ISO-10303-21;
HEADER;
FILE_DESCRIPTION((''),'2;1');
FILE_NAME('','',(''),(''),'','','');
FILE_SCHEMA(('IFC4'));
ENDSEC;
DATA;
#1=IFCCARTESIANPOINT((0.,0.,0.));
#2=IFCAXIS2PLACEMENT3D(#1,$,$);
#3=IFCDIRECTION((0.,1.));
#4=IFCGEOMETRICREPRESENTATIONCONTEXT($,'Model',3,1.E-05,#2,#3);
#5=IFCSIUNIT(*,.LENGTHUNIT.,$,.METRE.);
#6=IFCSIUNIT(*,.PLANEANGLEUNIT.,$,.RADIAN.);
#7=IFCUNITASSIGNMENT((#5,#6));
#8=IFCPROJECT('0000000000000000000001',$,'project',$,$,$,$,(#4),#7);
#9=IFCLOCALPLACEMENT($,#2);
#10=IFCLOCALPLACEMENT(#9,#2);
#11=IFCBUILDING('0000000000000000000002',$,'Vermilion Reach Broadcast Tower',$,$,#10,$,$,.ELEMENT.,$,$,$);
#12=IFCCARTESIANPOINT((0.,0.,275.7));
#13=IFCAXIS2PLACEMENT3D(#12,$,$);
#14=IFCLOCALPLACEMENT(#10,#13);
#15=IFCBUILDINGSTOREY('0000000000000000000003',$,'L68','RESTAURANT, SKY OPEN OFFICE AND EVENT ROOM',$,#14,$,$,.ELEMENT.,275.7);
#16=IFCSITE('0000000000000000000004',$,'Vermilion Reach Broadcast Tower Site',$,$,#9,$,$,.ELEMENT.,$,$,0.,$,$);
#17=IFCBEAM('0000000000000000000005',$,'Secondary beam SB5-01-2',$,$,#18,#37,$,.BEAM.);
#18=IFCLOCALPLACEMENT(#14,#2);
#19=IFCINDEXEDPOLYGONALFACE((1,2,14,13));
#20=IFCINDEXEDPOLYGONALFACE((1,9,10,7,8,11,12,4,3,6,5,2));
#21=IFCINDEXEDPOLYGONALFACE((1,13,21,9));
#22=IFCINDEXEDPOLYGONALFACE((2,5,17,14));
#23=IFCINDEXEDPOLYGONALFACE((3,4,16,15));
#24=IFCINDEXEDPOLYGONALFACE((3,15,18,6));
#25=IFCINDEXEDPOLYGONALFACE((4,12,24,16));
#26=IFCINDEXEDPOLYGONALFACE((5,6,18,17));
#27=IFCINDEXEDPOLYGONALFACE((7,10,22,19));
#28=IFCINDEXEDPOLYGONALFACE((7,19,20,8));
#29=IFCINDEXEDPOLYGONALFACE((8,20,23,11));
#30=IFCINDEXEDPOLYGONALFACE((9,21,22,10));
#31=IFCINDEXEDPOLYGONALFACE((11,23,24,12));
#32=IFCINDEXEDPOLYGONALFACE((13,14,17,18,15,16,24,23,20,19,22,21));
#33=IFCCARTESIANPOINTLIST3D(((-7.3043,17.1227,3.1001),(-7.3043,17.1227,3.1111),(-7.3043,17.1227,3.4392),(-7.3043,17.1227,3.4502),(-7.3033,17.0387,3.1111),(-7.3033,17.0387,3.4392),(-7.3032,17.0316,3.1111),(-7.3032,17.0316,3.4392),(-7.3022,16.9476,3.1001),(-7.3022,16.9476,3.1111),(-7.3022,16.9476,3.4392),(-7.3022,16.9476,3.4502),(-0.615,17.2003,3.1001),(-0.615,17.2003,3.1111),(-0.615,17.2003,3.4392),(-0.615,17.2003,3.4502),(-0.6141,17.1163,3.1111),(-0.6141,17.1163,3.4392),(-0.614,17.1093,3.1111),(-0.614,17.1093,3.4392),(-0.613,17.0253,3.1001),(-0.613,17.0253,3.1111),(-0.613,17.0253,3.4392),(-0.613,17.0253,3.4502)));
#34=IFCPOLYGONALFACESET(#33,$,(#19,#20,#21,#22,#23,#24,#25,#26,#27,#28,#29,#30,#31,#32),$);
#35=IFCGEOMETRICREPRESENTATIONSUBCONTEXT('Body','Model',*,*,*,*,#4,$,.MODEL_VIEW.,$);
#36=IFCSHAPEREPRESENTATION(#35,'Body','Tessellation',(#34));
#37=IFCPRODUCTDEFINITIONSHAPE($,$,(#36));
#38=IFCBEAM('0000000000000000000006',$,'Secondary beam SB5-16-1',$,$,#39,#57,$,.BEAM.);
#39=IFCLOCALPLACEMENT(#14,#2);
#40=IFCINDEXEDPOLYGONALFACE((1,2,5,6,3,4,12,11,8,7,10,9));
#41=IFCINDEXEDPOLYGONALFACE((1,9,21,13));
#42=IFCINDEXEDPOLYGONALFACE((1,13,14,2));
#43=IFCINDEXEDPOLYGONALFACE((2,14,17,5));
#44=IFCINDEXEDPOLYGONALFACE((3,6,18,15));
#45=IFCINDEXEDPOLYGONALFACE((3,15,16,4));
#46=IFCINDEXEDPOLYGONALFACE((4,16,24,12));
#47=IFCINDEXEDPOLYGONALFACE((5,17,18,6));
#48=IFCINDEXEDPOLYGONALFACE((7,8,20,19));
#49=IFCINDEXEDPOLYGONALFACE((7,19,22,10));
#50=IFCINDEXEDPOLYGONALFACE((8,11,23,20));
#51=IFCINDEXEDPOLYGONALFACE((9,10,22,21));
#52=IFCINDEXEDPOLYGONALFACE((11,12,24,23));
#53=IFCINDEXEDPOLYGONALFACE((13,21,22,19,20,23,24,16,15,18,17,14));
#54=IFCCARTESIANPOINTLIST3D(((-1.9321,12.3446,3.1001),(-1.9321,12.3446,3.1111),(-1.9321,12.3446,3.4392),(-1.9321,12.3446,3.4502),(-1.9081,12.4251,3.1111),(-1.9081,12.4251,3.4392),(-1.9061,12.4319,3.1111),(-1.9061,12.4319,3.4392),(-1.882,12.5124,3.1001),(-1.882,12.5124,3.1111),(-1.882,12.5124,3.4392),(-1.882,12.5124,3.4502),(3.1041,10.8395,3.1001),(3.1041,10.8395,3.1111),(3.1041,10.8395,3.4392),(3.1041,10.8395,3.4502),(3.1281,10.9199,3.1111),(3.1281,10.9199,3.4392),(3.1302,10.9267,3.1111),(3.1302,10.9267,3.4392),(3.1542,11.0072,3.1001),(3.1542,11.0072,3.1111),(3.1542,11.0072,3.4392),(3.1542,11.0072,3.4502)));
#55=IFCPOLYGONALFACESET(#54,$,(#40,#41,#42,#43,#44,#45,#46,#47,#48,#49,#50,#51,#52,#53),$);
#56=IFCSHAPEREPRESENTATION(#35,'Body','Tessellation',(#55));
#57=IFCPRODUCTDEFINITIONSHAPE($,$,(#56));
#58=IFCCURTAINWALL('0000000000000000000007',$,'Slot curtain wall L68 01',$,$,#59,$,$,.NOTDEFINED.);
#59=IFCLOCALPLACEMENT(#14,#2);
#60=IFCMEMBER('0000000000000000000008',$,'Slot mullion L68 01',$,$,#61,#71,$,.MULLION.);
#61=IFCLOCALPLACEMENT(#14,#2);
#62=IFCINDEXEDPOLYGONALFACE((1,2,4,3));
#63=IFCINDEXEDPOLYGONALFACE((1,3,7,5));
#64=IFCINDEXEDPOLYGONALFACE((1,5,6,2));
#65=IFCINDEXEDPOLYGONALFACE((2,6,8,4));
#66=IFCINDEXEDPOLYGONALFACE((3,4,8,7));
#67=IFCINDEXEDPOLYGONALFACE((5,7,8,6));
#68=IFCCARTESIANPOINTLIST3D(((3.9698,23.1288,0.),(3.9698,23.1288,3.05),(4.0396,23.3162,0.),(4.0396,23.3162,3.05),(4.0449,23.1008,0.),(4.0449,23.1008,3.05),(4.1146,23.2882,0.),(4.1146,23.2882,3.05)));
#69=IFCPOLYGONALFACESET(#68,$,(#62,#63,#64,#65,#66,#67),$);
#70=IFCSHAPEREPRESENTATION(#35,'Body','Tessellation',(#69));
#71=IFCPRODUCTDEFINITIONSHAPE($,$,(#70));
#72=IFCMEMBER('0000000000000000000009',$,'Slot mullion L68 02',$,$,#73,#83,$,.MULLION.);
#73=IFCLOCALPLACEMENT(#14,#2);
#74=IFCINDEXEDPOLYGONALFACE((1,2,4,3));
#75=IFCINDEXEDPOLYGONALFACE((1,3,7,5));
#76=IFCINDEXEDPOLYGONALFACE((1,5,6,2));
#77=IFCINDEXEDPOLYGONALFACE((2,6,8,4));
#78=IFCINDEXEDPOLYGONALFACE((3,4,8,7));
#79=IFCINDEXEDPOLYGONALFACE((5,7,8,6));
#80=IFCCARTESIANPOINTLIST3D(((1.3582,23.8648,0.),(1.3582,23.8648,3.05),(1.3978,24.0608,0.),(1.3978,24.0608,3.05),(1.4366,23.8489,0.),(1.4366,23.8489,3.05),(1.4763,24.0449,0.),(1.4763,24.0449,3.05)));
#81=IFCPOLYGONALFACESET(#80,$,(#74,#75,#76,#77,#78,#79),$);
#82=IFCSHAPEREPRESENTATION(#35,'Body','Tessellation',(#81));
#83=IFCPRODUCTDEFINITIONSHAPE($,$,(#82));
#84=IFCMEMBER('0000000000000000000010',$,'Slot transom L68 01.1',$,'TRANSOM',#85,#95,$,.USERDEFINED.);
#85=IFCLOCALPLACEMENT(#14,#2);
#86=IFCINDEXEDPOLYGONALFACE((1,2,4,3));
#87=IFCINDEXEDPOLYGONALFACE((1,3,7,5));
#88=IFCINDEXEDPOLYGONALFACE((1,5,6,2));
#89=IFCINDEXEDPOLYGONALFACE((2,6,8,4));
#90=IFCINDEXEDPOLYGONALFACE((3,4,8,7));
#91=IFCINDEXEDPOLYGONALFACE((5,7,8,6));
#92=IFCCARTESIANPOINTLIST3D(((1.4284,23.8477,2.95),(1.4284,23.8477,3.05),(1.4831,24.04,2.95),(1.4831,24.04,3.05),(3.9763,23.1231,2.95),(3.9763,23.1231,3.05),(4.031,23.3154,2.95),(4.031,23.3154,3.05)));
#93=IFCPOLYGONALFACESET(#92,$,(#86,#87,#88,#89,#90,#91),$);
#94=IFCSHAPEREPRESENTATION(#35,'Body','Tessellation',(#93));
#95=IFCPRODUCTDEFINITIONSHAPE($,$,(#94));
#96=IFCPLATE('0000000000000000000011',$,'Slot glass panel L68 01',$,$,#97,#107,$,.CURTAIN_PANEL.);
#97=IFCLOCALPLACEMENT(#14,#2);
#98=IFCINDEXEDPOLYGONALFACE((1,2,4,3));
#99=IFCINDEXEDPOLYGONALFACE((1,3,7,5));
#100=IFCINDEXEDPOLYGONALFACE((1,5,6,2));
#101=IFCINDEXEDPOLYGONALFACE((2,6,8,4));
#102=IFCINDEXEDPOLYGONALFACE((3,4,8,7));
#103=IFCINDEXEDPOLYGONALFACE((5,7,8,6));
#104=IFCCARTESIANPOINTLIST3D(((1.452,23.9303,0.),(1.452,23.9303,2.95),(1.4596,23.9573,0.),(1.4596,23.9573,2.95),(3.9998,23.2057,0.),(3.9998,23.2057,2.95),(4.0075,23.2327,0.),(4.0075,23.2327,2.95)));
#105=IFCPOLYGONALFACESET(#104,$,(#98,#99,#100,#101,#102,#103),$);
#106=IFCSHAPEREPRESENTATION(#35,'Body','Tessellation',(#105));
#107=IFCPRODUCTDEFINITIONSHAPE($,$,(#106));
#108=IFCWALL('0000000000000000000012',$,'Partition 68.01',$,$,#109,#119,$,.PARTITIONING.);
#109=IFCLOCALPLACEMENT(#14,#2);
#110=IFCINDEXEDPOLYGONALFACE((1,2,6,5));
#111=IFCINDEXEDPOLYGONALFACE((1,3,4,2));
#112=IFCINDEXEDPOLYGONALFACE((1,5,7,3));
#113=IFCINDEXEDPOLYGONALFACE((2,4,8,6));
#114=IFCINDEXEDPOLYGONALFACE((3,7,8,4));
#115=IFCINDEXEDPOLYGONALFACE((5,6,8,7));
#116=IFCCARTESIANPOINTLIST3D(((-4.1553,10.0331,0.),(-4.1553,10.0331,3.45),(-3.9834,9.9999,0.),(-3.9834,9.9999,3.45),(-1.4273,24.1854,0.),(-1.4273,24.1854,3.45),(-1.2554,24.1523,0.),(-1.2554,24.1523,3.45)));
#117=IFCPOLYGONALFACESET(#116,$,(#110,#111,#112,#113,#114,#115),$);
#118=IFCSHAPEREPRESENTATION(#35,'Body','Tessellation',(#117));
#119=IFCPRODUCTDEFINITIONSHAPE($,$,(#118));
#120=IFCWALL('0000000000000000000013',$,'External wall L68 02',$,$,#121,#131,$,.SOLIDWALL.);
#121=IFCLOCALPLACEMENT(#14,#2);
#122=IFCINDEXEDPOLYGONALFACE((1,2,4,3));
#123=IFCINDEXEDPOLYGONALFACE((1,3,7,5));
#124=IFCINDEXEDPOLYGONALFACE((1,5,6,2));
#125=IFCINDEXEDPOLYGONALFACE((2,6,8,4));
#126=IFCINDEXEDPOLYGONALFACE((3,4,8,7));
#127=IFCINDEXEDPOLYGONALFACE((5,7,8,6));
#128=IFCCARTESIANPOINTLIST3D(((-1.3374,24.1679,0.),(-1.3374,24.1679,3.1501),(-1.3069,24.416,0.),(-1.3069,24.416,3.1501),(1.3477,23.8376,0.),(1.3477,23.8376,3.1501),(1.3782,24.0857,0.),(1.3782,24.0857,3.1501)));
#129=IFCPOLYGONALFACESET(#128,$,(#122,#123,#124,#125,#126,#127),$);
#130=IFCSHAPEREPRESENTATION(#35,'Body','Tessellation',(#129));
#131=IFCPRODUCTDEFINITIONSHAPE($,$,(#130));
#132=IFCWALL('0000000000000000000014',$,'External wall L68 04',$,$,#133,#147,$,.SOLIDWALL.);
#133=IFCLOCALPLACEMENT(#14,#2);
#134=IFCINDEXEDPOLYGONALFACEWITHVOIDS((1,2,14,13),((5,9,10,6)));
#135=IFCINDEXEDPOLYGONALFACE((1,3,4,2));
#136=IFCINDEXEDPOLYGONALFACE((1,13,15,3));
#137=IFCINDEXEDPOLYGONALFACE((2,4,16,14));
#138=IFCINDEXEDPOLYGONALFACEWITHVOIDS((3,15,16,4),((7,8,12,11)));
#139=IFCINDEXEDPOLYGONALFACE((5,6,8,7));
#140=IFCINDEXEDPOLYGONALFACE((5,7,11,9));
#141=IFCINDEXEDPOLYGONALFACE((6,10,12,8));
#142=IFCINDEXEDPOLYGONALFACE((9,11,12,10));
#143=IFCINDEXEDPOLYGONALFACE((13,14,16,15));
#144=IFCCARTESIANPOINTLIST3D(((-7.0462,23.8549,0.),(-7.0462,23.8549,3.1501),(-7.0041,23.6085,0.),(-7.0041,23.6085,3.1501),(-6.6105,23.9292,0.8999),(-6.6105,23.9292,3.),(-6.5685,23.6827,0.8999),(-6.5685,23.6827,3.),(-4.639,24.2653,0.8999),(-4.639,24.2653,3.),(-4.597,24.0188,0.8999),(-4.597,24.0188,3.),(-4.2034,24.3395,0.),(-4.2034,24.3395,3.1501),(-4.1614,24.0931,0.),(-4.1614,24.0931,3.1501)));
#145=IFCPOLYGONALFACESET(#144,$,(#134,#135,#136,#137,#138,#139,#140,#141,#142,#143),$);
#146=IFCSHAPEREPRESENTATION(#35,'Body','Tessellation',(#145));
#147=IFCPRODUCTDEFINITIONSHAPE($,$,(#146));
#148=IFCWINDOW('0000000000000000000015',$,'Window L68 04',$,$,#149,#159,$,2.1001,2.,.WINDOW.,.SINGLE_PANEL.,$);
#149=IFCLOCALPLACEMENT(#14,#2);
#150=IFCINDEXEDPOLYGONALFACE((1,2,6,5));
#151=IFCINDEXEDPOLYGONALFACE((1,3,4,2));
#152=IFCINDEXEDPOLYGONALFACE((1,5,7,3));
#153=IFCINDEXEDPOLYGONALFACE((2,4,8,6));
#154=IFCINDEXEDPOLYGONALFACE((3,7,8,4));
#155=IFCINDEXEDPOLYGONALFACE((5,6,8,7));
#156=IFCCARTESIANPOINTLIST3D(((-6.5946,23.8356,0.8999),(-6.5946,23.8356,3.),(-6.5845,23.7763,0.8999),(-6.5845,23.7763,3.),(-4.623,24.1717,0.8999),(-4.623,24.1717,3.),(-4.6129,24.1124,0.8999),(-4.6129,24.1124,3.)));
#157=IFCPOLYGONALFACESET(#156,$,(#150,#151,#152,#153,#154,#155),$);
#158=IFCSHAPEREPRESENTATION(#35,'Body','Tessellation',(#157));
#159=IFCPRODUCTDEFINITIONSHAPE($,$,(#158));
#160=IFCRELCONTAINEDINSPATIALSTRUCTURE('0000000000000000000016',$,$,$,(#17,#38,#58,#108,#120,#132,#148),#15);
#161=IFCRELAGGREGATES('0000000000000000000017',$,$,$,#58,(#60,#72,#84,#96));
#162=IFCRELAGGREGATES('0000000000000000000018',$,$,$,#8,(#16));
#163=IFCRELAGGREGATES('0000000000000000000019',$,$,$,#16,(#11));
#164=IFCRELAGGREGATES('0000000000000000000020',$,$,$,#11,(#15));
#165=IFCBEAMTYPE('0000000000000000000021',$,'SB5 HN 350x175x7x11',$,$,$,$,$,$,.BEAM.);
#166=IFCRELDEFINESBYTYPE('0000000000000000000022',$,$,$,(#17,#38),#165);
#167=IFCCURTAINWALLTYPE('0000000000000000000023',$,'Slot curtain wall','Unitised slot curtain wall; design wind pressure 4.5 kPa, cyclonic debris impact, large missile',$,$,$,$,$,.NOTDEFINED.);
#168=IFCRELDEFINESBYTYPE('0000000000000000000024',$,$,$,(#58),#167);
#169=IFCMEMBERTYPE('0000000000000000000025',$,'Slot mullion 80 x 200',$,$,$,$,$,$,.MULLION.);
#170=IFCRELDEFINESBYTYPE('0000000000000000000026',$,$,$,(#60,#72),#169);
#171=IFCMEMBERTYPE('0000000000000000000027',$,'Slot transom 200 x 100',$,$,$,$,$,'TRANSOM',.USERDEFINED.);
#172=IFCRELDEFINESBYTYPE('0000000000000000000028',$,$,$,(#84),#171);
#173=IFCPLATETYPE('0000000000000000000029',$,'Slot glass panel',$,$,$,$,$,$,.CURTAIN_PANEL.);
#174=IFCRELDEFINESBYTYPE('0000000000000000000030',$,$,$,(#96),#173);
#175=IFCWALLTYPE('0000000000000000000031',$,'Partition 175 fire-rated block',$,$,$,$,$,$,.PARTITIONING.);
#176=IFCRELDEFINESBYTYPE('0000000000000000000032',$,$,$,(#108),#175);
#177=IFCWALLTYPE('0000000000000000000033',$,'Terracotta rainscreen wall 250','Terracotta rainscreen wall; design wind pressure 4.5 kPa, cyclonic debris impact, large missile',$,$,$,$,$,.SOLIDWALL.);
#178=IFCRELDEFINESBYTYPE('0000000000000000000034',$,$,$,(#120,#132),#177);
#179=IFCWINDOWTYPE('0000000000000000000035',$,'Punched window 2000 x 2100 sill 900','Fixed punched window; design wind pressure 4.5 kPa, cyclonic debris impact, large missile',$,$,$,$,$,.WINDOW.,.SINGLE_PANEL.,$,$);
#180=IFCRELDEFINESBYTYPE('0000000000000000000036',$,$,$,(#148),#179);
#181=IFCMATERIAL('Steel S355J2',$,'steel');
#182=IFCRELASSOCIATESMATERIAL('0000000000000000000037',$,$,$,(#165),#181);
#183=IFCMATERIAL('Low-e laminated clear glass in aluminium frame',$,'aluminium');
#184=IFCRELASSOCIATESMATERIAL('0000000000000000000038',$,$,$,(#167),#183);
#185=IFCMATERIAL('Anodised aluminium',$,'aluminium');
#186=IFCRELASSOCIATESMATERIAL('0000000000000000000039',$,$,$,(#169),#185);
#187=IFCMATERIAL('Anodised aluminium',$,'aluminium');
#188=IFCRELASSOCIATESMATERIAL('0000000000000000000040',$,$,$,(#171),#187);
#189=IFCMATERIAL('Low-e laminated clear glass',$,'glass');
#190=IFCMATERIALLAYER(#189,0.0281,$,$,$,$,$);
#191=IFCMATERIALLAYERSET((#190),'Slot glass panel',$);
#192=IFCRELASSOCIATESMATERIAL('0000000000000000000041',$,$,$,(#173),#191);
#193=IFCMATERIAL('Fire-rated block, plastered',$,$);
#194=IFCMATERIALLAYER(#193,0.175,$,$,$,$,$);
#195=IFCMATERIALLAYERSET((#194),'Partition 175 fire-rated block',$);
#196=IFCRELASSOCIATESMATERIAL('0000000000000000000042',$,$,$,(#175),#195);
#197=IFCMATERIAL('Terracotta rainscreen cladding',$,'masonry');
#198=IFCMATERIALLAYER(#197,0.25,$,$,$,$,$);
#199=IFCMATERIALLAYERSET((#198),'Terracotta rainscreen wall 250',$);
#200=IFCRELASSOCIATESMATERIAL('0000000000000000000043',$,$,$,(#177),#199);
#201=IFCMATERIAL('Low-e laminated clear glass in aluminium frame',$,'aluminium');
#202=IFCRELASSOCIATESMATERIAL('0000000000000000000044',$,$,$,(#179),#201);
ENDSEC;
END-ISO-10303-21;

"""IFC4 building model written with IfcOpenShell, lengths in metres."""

from ifc_helpers import new_model, si_unit, direction, frame, frame_2d, origin, origin_2d, place, context, subcontext, project, spatial, rectangle, i_section, extrude, material, layer, layer_set, material_profile, profile_set, type_object, element, fill, aggregate, save


model = new_model("IFC4")

# Units and contexts
model_context = context("Model", 3, precision=1e-05, world=origin(), true_north=direction((0.0, 1.0)))
body_context = subcontext(model_context, "Body", "Model", "MODEL_VIEW")
ifc_project = project(units=[si_unit("LENGTHUNIT", "METRE"), si_unit("PLANEANGLEUNIT", "RADIAN")], contexts=[model_context])

# Site, building, storey
site_placement = place(None, origin())
site = spatial("IfcSite", under=ifc_project, at=site_placement, Name="Vermilion Reach Broadcast Tower Site", CompositionType="ELEMENT", RefElevation=0.0)
building_placement = place(site_placement, origin())
building = spatial("IfcBuilding", under=site, at=building_placement, Name="Vermilion Reach Broadcast Tower", CompositionType="ELEMENT")
storey_placement = place(building_placement, frame((0.0, 0.0, 275.7)))
storey = spatial("IfcBuildingStorey", under=building, at=storey_placement, Name="L68", Description="RESTAURANT, SKY OPEN OFFICE AND EVENT ROOM", CompositionType="ELEMENT", Elevation=275.7)

# Beams
ifc_material_1 = material(Name="Steel S355J2", Category="steel")
ifc_material_profile_1 = material_profile(ifc_material_1, i_section(OverallWidth=0.175, OverallDepth=0.3501, WebThickness=0.0071, FlangeThickness=0.011, at=origin_2d()), Name="S355J2 HN 350x175x7x11")
ifc_profile_set_1 = profile_set([ifc_material_profile_1], Name="Steel S355J2")
beam_type_1 = type_object("IfcBeamType", Name="SB5 HN 350x175x7x11", PredefinedType="BEAM", material=ifc_profile_set_1)
beam_1_placement = place(storey_placement, frame((-0.614, 17.1128, 3.2751), z_axis=(-0.999933, -0.011605, 0.0), x_axis=(0.011605, -0.999933, 0.0)))
element("IfcBeam", 1, at=beam_1_placement, inside=storey, type_object=beam_type_1, Name="Secondary beam SB5-01-2", PredefinedType="BEAM", context=body_context, shape_type="SweptSolid", body=[
    extrude(i_section(OverallWidth=0.175, OverallDepth=0.3501, WebThickness=0.0071, FlangeThickness=0.011, at=origin_2d()), origin(), (0.0, 0.0, 1.0), 6.6897),
])
beam_2_placement = place(storey_placement, frame((3.1292, 10.9233, 3.2751), z_axis=(-0.958125, 0.286351, 0.0), x_axis=(-0.286351, -0.958125, 0.0)))
element("IfcBeam", 2, at=beam_2_placement, inside=storey, type_object=beam_type_1, Name="Secondary beam SB5-16-1", PredefinedType="BEAM", context=body_context, shape_type="SweptSolid", body=[
    extrude(i_section(OverallWidth=0.175, OverallDepth=0.3501, WebThickness=0.0071, FlangeThickness=0.011, at=origin_2d()), origin(), (0.0, 0.0, 1.0), 5.2563),
])

# Curtain wall, members, plate
ifc_material_2 = material(Name="Low-e laminated clear glass in aluminium frame", Category="aluminium")
curtain_wall_type = type_object("IfcCurtainWallType", Name="Slot curtain wall", Description="Unitised slot curtain wall; design wind pressure 4.5 kPa, cyclonic debris impact, large missile", PredefinedType="NOTDEFINED", material=ifc_material_2)
curtain_wall_placement = place(storey_placement, origin())
curtain_wall = element("IfcCurtainWall", 3, at=curtain_wall_placement, inside=storey, type_object=curtain_wall_type, Name="Slot curtain wall L68 01", PredefinedType="NOTDEFINED")
ifc_material_3 = material(Name="Anodised aluminium", Category="aluminium")
ifc_material_profile_2 = material_profile(ifc_material_3, rectangle(XDim=0.2, YDim=0.0801, at=origin_2d()), Name="Slot mullion 80 x 200")
ifc_profile_set_2 = profile_set([ifc_material_profile_2], Name="Anodised aluminium")
member_type_1 = type_object("IfcMemberType", Name="Slot mullion 80 x 200", PredefinedType="MULLION", material=ifc_profile_set_2)
member_1_placement = place(storey_placement, frame((4.0422, 23.2085, 0.0), z_axis=(0.0, 0.0, 1.0), x_axis=(-0.348753, -0.937214, 0.0)))
member_1 = element("IfcMember", 4, at=member_1_placement, type_object=member_type_1, Name="Slot mullion L68 01", PredefinedType="MULLION", context=body_context, shape_type="SweptSolid", body=[
    extrude(rectangle(XDim=0.2, YDim=0.0801, at=origin_2d()), origin(), (0.0, 0.0, 1.0), 3.05),
])
member_2_placement = place(storey_placement, frame((1.4172, 23.9548, 0.0), z_axis=(0.0, 0.0, 1.0), x_axis=(-0.198453, -0.98011, 0.0)))
member_2 = element("IfcMember", 5, at=member_2_placement, type_object=member_type_1, Name="Slot mullion L68 02", PredefinedType="MULLION", context=body_context, shape_type="SweptSolid", body=[
    extrude(rectangle(XDim=0.2, YDim=0.0801, at=origin_2d()), origin(), (0.0, 0.0, 1.0), 3.05),
])
ifc_material_4 = material(Name="Anodised aluminium", Category="aluminium")
ifc_material_profile_3 = material_profile(ifc_material_4, rectangle(XDim=0.2, YDim=0.1001, at=origin_2d()), Name="Slot transom 200 x 100")
ifc_profile_set_3 = profile_set([ifc_material_profile_3], Name="Anodised aluminium")
member_type_2 = type_object("IfcMemberType", Name="Slot transom 200 x 100", ElementType="TRANSOM", PredefinedType="USERDEFINED", material=ifc_profile_set_3)
member_3_placement = place(storey_placement, frame((4.0037, 23.2192, 3.0), z_axis=(-0.961857, 0.273552, 0.0), x_axis=(-0.273552, -0.961857, 0.0)))
member_3 = element("IfcMember", 6, at=member_3_placement, type_object=member_type_2, Name="Slot transom L68 01.1", ObjectType="TRANSOM", PredefinedType="USERDEFINED", context=body_context, shape_type="SweptSolid", body=[
    extrude(rectangle(XDim=0.2, YDim=0.1001, at=origin_2d()), origin(), (0.0, 0.0, 1.0), 2.6489),
])
ifc_material_5 = material(Name="Low-e laminated clear glass", Category="glass")
ifc_layer_1 = layer(ifc_material_5, 0.0281)
ifc_layer_set_1 = layer_set([ifc_layer_1], Name="Slot glass panel")
plate_type = type_object("IfcPlateType", Name="Slot glass panel", PredefinedType="CURTAIN_PANEL", material=ifc_layer_set_1)
plate_placement = place(storey_placement, frame((2.7297, 23.5815, 0.0), z_axis=(0.0, 0.0, 1.0), x_axis=(-0.961859, 0.273547, 0.0)))
plate = element("IfcPlate", 7, at=plate_placement, type_object=plate_type, Name="Slot glass panel L68 01", PredefinedType="CURTAIN_PANEL", context=body_context, shape_type="SweptSolid", body=[
    extrude(rectangle(XDim=2.6489, YDim=0.0281, at=origin_2d()), origin(), (0.0, 0.0, 1.0), 2.95),
])
aggregate(curtain_wall, [member_1, member_2, member_3, plate])

# Walls
ifc_material_6 = material(Name="Fire-rated block, plastered")
ifc_layer_2 = layer(ifc_material_6, 0.175)
ifc_layer_set_2 = layer_set([ifc_layer_2], Name="Partition 175 fire-rated block")
wall_type_1 = type_object("IfcWallType", Name="Partition 175 fire-rated block", PredefinedType="PARTITIONING", material=ifc_layer_set_2)
wall_1_placement = place(storey_placement, frame((-1.3413, 24.1689, 0.0), z_axis=(0.0, 0.0, 1.0), x_axis=(-0.189277, -0.981924, 0.0)))
element("IfcWall", 8, at=wall_1_placement, inside=storey, type_object=wall_type_1, Name="Partition 68.01", PredefinedType="PARTITIONING", context=body_context, shape_type="SweptSolid", body=[
    extrude(rectangle(XDim=14.4128, YDim=0.175, at=frame_2d((7.2065, 0.0))), origin(), (0.0, 0.0, 1.0), 3.45),
])
ifc_material_7 = material(Name="Terracotta rainscreen cladding", Category="masonry")
ifc_layer_3 = layer(ifc_material_7, 0.25)
ifc_layer_set_3 = layer_set([ifc_layer_3], Name="Terracotta rainscreen wall 250")
wall_type_2 = type_object("IfcWallType", Name="Terracotta rainscreen wall 250", Description="Terracotta rainscreen wall; design wind pressure 4.5 kPa, cyclonic debris impact, large missile", PredefinedType="SOLIDWALL", material=ifc_layer_set_3)
wall_2_placement = place(storey_placement, frame((1.3628, 23.9617, 0.0), z_axis=(0.0, 0.0, 1.0), x_axis=(-0.992518, 0.122102, 0.0)))
element("IfcWall", 9, at=wall_2_placement, inside=storey, type_object=wall_type_2, Name="External wall L68 02", PredefinedType="SOLIDWALL", context=body_context, shape_type="SweptSolid", body=[
    extrude(rectangle(XDim=2.7053, YDim=0.25, at=frame_2d((1.3525, 0.0))), origin(), (0.0, 0.0, 1.0), 3.1501),
])

# Wall, opening, window
wall_3_placement = place(storey_placement, frame((-4.1824, 24.2163, 0.0), z_axis=(0.0, 0.0, 1.0), x_axis=(-0.985779, -0.16805, 0.0)))
wall_3 = element("IfcWall", 10, at=wall_3_placement, inside=storey, type_object=wall_type_2, Name="External wall L68 04", PredefinedType="SOLIDWALL", context=body_context, shape_type="SweptSolid", body=[
    extrude(rectangle(XDim=2.8838, YDim=0.25, at=frame_2d((1.4419, 0.0))), origin(), (0.0, 0.0, 1.0), 3.1501),
])
opening_1_placement = place(wall_3_placement, frame((0.4419, 0.0, 0.8999)))
opening_1 = element("IfcOpeningElement", 11, at=opening_1_placement, cuts=wall_3, PredefinedType="OPENING", context=body_context, shape_type="SweptSolid", body=[
    extrude(rectangle(XDim=2.0, YDim=2.1001, at=frame_2d((1.0, 1.05))), frame((0.0, 0.135, 0.0), z_axis=(0.0, -1.0, 0.0), x_axis=(1.0, 0.0, 0.0)), (0.0, 0.0, 1.0), 0.27),
])
ifc_material_8 = material(Name="Low-e laminated clear glass in aluminium frame", Category="aluminium")
window_type = type_object("IfcWindowType", Name="Punched window 2000 x 2100 sill 900", Description="Fixed punched window; design wind pressure 4.5 kPa, cyclonic debris impact, large missile", PartitioningType="SINGLE_PANEL", PredefinedType="WINDOW", material=ifc_material_8)
window_placement = place(opening_1_placement, origin())
window = element("IfcWindow", 12, at=window_placement, inside=storey, type_object=window_type, Name="Window L68 04", OverallHeight=2.1001, OverallWidth=2.0, PartitioningType="SINGLE_PANEL", PredefinedType="WINDOW", context=body_context, shape_type="SweptSolid", body=[
    extrude(rectangle(XDim=2.0, YDim=2.1001, at=frame_2d((1.0, 1.05))), frame((0.0, 0.03, 0.0), z_axis=(0.0, -1.0, 0.0), x_axis=(1.0, 0.0, 0.0)), (0.0, 0.0, 1.0), 0.0601),
])
fill(opening_1, window)

save(model, "model.ifc")
